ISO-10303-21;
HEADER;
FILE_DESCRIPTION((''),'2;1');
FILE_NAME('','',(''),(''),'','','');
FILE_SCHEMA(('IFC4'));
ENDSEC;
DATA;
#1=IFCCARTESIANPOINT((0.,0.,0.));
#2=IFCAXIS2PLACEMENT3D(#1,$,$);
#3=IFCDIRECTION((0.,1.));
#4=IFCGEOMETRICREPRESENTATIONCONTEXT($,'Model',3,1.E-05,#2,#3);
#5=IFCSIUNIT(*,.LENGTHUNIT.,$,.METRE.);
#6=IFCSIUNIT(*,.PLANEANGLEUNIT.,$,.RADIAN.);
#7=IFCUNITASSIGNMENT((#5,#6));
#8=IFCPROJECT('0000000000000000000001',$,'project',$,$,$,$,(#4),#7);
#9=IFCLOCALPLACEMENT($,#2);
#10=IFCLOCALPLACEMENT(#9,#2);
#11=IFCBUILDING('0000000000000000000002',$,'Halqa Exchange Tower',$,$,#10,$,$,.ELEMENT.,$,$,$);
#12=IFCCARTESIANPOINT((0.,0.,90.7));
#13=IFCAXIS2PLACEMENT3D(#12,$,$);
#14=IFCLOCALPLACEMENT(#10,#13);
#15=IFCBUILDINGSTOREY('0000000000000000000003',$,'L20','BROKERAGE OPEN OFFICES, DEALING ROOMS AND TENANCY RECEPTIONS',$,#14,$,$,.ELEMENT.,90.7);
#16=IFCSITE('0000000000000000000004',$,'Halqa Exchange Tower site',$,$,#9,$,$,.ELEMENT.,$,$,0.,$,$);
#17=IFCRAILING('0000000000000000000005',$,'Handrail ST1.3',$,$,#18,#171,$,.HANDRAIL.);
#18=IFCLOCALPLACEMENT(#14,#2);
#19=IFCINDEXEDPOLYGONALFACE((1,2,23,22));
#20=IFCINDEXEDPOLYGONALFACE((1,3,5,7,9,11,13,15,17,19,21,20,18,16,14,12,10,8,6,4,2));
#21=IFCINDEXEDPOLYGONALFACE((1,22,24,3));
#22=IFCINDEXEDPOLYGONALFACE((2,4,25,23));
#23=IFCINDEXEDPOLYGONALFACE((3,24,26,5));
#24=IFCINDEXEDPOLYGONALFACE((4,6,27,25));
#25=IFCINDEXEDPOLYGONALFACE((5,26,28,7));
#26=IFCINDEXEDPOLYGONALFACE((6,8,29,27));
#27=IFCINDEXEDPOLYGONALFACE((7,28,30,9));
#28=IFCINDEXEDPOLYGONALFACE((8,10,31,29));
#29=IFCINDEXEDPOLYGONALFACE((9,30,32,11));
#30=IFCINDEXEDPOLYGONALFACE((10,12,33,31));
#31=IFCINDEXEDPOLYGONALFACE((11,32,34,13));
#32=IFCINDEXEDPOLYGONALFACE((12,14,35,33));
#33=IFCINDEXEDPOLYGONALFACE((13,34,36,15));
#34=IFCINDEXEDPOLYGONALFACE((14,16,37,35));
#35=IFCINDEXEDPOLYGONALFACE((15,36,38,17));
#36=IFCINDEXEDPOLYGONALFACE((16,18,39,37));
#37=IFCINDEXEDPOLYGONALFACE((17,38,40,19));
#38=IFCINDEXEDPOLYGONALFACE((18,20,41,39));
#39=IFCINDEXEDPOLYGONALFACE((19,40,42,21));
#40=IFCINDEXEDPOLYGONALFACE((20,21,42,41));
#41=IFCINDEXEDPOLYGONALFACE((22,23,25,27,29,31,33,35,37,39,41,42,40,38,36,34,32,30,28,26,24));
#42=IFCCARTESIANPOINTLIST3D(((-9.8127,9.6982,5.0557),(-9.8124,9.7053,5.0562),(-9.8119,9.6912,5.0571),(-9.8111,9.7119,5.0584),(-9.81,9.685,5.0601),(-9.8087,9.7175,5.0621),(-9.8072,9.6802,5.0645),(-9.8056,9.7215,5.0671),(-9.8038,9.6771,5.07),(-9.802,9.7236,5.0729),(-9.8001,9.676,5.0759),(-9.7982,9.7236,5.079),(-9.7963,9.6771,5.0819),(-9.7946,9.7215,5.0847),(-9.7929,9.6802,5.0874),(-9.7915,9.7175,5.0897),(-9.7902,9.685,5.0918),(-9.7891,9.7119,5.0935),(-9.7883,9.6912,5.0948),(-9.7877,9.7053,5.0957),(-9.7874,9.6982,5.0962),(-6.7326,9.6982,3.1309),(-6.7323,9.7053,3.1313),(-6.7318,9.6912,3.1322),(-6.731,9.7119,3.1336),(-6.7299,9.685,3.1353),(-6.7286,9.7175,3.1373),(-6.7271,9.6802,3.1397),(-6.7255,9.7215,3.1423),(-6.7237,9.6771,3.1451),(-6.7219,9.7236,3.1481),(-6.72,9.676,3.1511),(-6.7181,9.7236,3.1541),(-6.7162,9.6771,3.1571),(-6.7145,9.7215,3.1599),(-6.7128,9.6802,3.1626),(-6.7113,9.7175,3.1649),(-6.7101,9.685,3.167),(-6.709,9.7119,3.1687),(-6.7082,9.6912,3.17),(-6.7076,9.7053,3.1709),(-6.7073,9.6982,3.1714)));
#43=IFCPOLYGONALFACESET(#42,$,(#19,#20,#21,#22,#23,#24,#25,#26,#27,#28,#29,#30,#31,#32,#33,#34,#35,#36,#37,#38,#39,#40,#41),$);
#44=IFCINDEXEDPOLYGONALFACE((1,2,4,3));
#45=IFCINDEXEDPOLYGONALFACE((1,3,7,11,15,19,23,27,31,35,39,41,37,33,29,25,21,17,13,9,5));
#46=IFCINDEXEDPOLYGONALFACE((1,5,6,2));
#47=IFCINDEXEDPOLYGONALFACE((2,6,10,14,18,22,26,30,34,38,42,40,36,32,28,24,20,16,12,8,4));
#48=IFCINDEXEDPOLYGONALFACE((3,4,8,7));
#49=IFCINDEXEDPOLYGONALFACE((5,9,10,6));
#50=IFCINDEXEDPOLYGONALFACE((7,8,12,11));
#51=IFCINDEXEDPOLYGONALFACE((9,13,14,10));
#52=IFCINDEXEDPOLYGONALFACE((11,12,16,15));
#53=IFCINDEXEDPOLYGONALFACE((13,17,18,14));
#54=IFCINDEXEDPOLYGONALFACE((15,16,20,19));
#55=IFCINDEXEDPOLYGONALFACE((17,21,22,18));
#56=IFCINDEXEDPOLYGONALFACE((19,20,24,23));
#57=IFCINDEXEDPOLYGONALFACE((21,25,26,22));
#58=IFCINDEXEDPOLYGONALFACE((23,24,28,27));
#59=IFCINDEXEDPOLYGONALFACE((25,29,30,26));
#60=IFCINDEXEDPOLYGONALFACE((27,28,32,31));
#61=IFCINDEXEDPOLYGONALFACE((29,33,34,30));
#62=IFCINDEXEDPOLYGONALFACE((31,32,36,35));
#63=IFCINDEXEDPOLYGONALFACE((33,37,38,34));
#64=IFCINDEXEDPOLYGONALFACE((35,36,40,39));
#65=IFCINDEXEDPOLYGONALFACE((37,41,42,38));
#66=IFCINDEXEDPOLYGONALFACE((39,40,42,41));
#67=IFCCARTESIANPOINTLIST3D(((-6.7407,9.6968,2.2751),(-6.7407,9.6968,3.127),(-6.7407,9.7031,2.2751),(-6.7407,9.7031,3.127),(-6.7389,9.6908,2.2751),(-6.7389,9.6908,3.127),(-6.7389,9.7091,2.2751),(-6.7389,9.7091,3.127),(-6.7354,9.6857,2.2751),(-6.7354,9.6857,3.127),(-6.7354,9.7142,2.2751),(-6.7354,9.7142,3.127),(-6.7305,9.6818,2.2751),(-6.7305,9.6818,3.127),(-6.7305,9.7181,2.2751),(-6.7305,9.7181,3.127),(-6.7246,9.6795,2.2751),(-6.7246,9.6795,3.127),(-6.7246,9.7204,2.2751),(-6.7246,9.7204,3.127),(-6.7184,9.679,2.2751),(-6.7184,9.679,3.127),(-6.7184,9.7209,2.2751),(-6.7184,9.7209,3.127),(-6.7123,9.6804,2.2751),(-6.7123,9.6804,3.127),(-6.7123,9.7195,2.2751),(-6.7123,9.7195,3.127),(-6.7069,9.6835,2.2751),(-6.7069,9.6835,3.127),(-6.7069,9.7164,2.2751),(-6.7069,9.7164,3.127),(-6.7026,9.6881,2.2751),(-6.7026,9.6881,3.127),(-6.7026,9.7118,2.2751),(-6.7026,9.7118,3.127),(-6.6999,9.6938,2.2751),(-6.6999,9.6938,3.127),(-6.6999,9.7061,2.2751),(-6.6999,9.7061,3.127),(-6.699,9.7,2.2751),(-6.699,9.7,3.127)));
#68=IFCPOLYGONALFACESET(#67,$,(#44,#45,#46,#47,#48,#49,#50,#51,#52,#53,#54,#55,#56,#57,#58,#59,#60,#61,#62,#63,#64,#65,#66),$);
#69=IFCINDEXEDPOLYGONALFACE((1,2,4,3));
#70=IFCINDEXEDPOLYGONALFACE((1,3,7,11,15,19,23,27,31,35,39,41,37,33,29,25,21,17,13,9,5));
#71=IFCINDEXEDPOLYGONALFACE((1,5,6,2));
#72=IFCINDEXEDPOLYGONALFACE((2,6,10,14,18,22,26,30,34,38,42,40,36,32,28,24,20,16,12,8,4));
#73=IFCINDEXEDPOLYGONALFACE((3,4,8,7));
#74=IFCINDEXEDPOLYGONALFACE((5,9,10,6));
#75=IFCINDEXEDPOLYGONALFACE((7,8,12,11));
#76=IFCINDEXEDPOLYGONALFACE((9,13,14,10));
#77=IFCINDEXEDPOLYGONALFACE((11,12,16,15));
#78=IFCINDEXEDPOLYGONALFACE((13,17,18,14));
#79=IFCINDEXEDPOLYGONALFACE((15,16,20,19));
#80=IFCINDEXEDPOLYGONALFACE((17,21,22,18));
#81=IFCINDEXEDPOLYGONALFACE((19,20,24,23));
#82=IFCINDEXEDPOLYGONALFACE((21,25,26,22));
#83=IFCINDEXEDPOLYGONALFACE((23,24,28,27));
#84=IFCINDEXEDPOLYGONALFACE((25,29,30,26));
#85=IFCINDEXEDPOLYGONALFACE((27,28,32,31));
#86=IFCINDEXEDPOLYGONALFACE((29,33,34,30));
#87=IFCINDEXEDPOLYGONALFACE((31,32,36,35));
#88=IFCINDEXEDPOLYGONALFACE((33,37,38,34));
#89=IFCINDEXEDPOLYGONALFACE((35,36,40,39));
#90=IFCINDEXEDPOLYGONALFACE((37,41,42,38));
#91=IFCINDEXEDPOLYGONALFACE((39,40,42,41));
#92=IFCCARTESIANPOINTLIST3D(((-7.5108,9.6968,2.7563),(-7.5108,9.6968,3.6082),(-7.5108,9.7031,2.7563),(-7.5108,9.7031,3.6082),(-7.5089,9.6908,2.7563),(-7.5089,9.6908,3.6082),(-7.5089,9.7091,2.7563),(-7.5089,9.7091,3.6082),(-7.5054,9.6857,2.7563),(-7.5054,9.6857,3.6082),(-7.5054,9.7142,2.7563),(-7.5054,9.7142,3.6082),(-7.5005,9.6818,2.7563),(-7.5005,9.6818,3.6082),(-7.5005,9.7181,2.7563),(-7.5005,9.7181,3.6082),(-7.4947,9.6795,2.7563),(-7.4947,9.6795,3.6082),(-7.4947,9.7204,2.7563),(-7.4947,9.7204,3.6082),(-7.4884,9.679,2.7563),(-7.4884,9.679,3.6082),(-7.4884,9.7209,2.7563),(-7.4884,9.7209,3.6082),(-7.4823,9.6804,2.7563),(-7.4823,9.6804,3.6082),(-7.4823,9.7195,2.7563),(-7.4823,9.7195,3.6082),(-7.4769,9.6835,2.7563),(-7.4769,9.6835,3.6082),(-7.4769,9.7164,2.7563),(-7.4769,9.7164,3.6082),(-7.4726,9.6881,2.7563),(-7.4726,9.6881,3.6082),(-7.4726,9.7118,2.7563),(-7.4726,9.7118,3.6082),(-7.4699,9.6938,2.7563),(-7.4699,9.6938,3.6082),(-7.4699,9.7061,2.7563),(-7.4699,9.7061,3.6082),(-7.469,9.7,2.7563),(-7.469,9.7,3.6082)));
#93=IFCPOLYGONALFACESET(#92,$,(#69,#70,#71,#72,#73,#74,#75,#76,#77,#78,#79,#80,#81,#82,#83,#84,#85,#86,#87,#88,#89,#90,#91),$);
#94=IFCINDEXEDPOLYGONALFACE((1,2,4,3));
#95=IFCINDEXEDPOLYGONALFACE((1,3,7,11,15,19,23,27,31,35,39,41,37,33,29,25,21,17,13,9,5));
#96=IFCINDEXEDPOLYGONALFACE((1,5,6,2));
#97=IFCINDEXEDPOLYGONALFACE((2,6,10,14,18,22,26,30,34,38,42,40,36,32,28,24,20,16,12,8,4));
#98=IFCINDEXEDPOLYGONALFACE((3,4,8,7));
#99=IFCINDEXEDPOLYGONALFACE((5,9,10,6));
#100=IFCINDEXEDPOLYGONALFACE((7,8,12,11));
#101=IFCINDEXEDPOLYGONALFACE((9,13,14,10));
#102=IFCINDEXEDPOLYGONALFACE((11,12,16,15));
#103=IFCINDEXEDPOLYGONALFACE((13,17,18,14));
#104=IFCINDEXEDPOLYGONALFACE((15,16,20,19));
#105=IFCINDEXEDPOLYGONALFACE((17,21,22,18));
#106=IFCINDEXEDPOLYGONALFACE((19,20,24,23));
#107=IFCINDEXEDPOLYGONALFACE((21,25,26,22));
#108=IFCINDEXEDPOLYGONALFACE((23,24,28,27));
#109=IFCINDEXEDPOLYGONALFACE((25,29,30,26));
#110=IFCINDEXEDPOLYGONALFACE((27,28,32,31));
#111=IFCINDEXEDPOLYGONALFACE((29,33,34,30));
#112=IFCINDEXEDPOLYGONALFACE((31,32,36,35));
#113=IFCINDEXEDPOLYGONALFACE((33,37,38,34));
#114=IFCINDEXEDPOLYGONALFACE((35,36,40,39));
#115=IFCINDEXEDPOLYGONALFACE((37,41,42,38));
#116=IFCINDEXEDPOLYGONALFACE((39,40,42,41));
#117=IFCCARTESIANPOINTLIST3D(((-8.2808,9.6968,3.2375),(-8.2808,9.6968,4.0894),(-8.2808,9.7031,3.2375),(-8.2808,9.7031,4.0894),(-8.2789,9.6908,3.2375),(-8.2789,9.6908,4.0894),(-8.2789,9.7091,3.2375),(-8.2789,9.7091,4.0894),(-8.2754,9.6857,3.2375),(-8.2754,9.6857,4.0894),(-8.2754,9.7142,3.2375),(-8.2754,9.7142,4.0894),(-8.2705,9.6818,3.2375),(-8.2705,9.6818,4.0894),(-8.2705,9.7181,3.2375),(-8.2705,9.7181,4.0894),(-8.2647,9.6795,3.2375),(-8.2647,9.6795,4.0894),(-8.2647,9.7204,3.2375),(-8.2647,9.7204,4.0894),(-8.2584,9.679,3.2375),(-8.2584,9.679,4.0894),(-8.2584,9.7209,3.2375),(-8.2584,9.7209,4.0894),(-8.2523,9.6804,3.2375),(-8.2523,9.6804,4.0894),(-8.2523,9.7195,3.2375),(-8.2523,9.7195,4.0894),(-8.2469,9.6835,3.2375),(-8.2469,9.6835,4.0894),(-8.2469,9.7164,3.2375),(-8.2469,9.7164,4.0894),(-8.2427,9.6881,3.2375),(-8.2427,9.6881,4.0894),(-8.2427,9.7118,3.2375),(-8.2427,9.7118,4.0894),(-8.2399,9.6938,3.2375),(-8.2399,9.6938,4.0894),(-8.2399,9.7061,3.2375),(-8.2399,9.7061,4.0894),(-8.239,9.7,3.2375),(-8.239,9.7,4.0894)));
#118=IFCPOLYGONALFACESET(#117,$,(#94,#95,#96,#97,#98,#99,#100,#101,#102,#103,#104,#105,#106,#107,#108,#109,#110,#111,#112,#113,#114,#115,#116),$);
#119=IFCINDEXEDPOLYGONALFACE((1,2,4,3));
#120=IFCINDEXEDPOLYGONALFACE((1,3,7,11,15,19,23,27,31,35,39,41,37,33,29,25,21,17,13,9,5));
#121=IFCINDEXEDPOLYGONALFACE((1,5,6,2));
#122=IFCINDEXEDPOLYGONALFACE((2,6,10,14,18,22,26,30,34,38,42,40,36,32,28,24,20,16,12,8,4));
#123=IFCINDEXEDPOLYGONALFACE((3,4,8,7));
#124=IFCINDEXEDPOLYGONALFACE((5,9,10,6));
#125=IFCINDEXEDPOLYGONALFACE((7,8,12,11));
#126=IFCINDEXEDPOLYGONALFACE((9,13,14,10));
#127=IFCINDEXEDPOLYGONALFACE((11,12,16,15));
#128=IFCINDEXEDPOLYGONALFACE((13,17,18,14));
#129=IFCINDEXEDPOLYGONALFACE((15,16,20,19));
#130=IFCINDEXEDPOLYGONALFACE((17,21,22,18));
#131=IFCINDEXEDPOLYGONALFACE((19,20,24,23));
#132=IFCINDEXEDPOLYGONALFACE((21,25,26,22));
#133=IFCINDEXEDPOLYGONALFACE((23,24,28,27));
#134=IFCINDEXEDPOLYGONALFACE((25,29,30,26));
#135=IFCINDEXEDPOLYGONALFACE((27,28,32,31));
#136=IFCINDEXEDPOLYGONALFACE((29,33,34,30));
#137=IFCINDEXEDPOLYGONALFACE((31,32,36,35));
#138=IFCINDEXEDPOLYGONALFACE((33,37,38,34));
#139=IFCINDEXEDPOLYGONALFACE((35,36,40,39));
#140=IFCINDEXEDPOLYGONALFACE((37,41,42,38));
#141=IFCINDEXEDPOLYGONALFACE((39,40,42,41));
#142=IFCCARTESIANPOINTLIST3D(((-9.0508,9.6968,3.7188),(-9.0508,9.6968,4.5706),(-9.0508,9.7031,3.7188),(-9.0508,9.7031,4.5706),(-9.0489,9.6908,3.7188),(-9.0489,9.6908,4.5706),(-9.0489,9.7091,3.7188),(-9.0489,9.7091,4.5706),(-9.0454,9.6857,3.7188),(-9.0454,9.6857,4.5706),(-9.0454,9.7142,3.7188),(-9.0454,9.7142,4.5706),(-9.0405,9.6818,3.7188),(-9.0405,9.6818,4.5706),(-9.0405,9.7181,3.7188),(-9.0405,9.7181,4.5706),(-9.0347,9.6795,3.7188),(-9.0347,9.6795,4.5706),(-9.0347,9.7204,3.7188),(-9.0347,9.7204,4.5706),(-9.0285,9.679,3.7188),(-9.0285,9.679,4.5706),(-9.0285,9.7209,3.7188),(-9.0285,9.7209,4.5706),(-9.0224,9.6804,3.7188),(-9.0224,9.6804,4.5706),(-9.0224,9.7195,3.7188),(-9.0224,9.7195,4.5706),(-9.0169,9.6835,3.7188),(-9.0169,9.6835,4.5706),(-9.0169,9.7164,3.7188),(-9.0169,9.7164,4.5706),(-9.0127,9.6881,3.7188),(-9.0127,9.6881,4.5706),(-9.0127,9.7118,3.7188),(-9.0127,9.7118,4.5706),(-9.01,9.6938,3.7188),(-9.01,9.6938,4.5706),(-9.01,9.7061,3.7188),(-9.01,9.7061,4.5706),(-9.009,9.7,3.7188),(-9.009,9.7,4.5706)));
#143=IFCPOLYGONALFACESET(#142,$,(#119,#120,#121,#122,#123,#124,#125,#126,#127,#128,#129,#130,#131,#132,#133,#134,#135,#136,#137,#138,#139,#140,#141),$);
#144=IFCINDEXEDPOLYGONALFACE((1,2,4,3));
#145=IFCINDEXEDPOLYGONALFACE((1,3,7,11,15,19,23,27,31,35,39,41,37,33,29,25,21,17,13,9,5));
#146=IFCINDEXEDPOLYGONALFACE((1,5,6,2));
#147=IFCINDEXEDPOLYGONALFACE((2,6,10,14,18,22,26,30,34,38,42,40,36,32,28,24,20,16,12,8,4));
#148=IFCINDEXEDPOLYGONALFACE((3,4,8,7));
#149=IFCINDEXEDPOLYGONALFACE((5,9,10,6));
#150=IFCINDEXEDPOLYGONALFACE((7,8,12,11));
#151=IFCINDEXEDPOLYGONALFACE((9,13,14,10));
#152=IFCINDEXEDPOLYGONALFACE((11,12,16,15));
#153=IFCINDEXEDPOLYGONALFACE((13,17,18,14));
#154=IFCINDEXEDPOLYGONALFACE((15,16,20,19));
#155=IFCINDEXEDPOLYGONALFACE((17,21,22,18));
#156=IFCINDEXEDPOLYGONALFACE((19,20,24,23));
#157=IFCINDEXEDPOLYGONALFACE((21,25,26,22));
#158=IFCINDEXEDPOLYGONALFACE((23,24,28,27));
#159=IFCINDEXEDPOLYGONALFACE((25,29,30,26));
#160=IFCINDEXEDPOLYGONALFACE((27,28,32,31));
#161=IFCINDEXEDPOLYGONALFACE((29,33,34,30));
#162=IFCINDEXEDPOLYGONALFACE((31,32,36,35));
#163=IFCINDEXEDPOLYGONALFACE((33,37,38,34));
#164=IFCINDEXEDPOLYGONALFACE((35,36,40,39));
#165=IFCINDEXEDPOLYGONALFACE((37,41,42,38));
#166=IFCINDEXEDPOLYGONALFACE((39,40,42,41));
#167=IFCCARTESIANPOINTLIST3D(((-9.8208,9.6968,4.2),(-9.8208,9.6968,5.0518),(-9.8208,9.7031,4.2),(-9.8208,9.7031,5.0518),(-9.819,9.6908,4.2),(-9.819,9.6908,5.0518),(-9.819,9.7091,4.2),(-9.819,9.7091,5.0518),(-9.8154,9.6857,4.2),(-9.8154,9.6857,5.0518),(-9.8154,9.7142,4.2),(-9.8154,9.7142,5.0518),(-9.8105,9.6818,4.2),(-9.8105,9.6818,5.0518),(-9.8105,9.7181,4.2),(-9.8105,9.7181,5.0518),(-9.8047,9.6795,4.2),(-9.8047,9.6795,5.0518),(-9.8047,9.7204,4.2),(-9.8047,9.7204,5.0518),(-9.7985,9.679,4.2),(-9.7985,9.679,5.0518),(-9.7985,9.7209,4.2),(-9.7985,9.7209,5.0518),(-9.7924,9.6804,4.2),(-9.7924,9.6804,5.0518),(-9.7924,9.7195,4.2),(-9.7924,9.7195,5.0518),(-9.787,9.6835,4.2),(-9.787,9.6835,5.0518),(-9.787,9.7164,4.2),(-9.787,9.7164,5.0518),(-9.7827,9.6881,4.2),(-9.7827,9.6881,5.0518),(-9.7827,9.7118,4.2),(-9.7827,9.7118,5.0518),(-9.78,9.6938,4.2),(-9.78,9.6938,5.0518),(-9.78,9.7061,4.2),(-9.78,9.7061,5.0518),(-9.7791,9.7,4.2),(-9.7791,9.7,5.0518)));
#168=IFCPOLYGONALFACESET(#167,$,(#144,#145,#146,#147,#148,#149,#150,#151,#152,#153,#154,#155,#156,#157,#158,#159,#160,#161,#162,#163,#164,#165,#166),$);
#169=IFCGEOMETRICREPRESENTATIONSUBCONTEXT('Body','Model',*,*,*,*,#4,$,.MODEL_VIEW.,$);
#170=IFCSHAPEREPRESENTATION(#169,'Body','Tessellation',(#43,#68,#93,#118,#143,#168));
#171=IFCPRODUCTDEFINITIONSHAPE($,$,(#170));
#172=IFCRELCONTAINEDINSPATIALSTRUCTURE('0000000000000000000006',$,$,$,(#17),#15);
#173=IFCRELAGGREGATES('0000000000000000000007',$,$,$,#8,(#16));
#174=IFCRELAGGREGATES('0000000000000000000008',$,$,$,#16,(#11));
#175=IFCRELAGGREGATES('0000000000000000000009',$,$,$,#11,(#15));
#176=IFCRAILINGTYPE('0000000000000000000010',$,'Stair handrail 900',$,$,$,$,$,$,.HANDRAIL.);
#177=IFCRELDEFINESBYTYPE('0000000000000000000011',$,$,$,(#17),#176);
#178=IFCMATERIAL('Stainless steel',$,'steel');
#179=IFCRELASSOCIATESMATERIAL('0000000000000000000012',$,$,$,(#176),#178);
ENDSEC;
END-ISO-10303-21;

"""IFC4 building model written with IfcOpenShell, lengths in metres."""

from ifc_helpers import new_model, si_unit, direction, frame, origin, origin_2d, place, context, subcontext, project, spatial, circle, extrude, material, type_object, element, save


model = new_model("IFC4")

# Units and contexts
model_context = context("Model", 3, precision=1e-05, world=origin(), true_north=direction((0.0, 1.0)))
body_context = subcontext(model_context, "Body", "Model", "MODEL_VIEW")
ifc_project = project(units=[si_unit("LENGTHUNIT", "METRE"), si_unit("PLANEANGLEUNIT", "RADIAN")], contexts=[model_context])

# Site, building, storey
site_placement = place(None, origin())
site = spatial("IfcSite", under=ifc_project, at=site_placement, Name="Halqa Exchange Tower site", CompositionType="ELEMENT", RefElevation=0.0)
building_placement = place(site_placement, origin())
building = spatial("IfcBuilding", under=site, at=building_placement, Name="Halqa Exchange Tower", CompositionType="ELEMENT")
storey_placement = place(building_placement, frame((0.0, 0.0, 90.7)))
storey = spatial("IfcBuildingStorey", under=building, at=storey_placement, Name="L20", Description="BROKERAGE OPEN OFFICES, DEALING ROOMS AND TENANCY RECEPTIONS", CompositionType="ELEMENT", Elevation=90.7)

# Railing
ifc_material_1 = material(Name="Stainless steel", Category="steel")
railing_type_1 = type_object("IfcRailingType", Name="Stair handrail 900", PredefinedType="HANDRAIL", material=ifc_material_1)
railing_1_placement = place(storey_placement, frame((-6.72, 9.7, 2.2751)))
element("IfcRailing", 1, at=railing_1_placement, inside=storey, type_object=railing_type_1, Name="Handrail ST1.3", PredefinedType="HANDRAIL", context=body_context, shape_type="SweptSolid", body=[
    extrude(circle(Radius=0.0239, at=origin_2d()), frame((0.0, 0.0, 0.876), z_axis=(-0.848029, 0.0, 0.529951), x_axis=(0.0, -1.0, 0.0)), (0.0, 0.0, 1.0), 3.6321),
    extrude(circle(Radius=0.021, at=origin_2d()), origin(), (0.0, 0.0, 1.0), 0.8518),
    extrude(circle(Radius=0.021, at=origin_2d()), frame((-0.77, 0.0, 0.4812)), (0.0, 0.0, 1.0), 0.8518),
    extrude(circle(Radius=0.021, at=origin_2d()), frame((-1.54, 0.0, 0.9624)), (0.0, 0.0, 1.0), 0.8518),
    extrude(circle(Radius=0.021, at=origin_2d()), frame((-2.3101, 0.0, 1.4436)), (0.0, 0.0, 1.0), 0.8518),
    extrude(circle(Radius=0.021, at=origin_2d()), frame((-3.0801, 0.0, 1.9248)), (0.0, 0.0, 1.0), 0.8518),
])

save(model, "model.ifc")
